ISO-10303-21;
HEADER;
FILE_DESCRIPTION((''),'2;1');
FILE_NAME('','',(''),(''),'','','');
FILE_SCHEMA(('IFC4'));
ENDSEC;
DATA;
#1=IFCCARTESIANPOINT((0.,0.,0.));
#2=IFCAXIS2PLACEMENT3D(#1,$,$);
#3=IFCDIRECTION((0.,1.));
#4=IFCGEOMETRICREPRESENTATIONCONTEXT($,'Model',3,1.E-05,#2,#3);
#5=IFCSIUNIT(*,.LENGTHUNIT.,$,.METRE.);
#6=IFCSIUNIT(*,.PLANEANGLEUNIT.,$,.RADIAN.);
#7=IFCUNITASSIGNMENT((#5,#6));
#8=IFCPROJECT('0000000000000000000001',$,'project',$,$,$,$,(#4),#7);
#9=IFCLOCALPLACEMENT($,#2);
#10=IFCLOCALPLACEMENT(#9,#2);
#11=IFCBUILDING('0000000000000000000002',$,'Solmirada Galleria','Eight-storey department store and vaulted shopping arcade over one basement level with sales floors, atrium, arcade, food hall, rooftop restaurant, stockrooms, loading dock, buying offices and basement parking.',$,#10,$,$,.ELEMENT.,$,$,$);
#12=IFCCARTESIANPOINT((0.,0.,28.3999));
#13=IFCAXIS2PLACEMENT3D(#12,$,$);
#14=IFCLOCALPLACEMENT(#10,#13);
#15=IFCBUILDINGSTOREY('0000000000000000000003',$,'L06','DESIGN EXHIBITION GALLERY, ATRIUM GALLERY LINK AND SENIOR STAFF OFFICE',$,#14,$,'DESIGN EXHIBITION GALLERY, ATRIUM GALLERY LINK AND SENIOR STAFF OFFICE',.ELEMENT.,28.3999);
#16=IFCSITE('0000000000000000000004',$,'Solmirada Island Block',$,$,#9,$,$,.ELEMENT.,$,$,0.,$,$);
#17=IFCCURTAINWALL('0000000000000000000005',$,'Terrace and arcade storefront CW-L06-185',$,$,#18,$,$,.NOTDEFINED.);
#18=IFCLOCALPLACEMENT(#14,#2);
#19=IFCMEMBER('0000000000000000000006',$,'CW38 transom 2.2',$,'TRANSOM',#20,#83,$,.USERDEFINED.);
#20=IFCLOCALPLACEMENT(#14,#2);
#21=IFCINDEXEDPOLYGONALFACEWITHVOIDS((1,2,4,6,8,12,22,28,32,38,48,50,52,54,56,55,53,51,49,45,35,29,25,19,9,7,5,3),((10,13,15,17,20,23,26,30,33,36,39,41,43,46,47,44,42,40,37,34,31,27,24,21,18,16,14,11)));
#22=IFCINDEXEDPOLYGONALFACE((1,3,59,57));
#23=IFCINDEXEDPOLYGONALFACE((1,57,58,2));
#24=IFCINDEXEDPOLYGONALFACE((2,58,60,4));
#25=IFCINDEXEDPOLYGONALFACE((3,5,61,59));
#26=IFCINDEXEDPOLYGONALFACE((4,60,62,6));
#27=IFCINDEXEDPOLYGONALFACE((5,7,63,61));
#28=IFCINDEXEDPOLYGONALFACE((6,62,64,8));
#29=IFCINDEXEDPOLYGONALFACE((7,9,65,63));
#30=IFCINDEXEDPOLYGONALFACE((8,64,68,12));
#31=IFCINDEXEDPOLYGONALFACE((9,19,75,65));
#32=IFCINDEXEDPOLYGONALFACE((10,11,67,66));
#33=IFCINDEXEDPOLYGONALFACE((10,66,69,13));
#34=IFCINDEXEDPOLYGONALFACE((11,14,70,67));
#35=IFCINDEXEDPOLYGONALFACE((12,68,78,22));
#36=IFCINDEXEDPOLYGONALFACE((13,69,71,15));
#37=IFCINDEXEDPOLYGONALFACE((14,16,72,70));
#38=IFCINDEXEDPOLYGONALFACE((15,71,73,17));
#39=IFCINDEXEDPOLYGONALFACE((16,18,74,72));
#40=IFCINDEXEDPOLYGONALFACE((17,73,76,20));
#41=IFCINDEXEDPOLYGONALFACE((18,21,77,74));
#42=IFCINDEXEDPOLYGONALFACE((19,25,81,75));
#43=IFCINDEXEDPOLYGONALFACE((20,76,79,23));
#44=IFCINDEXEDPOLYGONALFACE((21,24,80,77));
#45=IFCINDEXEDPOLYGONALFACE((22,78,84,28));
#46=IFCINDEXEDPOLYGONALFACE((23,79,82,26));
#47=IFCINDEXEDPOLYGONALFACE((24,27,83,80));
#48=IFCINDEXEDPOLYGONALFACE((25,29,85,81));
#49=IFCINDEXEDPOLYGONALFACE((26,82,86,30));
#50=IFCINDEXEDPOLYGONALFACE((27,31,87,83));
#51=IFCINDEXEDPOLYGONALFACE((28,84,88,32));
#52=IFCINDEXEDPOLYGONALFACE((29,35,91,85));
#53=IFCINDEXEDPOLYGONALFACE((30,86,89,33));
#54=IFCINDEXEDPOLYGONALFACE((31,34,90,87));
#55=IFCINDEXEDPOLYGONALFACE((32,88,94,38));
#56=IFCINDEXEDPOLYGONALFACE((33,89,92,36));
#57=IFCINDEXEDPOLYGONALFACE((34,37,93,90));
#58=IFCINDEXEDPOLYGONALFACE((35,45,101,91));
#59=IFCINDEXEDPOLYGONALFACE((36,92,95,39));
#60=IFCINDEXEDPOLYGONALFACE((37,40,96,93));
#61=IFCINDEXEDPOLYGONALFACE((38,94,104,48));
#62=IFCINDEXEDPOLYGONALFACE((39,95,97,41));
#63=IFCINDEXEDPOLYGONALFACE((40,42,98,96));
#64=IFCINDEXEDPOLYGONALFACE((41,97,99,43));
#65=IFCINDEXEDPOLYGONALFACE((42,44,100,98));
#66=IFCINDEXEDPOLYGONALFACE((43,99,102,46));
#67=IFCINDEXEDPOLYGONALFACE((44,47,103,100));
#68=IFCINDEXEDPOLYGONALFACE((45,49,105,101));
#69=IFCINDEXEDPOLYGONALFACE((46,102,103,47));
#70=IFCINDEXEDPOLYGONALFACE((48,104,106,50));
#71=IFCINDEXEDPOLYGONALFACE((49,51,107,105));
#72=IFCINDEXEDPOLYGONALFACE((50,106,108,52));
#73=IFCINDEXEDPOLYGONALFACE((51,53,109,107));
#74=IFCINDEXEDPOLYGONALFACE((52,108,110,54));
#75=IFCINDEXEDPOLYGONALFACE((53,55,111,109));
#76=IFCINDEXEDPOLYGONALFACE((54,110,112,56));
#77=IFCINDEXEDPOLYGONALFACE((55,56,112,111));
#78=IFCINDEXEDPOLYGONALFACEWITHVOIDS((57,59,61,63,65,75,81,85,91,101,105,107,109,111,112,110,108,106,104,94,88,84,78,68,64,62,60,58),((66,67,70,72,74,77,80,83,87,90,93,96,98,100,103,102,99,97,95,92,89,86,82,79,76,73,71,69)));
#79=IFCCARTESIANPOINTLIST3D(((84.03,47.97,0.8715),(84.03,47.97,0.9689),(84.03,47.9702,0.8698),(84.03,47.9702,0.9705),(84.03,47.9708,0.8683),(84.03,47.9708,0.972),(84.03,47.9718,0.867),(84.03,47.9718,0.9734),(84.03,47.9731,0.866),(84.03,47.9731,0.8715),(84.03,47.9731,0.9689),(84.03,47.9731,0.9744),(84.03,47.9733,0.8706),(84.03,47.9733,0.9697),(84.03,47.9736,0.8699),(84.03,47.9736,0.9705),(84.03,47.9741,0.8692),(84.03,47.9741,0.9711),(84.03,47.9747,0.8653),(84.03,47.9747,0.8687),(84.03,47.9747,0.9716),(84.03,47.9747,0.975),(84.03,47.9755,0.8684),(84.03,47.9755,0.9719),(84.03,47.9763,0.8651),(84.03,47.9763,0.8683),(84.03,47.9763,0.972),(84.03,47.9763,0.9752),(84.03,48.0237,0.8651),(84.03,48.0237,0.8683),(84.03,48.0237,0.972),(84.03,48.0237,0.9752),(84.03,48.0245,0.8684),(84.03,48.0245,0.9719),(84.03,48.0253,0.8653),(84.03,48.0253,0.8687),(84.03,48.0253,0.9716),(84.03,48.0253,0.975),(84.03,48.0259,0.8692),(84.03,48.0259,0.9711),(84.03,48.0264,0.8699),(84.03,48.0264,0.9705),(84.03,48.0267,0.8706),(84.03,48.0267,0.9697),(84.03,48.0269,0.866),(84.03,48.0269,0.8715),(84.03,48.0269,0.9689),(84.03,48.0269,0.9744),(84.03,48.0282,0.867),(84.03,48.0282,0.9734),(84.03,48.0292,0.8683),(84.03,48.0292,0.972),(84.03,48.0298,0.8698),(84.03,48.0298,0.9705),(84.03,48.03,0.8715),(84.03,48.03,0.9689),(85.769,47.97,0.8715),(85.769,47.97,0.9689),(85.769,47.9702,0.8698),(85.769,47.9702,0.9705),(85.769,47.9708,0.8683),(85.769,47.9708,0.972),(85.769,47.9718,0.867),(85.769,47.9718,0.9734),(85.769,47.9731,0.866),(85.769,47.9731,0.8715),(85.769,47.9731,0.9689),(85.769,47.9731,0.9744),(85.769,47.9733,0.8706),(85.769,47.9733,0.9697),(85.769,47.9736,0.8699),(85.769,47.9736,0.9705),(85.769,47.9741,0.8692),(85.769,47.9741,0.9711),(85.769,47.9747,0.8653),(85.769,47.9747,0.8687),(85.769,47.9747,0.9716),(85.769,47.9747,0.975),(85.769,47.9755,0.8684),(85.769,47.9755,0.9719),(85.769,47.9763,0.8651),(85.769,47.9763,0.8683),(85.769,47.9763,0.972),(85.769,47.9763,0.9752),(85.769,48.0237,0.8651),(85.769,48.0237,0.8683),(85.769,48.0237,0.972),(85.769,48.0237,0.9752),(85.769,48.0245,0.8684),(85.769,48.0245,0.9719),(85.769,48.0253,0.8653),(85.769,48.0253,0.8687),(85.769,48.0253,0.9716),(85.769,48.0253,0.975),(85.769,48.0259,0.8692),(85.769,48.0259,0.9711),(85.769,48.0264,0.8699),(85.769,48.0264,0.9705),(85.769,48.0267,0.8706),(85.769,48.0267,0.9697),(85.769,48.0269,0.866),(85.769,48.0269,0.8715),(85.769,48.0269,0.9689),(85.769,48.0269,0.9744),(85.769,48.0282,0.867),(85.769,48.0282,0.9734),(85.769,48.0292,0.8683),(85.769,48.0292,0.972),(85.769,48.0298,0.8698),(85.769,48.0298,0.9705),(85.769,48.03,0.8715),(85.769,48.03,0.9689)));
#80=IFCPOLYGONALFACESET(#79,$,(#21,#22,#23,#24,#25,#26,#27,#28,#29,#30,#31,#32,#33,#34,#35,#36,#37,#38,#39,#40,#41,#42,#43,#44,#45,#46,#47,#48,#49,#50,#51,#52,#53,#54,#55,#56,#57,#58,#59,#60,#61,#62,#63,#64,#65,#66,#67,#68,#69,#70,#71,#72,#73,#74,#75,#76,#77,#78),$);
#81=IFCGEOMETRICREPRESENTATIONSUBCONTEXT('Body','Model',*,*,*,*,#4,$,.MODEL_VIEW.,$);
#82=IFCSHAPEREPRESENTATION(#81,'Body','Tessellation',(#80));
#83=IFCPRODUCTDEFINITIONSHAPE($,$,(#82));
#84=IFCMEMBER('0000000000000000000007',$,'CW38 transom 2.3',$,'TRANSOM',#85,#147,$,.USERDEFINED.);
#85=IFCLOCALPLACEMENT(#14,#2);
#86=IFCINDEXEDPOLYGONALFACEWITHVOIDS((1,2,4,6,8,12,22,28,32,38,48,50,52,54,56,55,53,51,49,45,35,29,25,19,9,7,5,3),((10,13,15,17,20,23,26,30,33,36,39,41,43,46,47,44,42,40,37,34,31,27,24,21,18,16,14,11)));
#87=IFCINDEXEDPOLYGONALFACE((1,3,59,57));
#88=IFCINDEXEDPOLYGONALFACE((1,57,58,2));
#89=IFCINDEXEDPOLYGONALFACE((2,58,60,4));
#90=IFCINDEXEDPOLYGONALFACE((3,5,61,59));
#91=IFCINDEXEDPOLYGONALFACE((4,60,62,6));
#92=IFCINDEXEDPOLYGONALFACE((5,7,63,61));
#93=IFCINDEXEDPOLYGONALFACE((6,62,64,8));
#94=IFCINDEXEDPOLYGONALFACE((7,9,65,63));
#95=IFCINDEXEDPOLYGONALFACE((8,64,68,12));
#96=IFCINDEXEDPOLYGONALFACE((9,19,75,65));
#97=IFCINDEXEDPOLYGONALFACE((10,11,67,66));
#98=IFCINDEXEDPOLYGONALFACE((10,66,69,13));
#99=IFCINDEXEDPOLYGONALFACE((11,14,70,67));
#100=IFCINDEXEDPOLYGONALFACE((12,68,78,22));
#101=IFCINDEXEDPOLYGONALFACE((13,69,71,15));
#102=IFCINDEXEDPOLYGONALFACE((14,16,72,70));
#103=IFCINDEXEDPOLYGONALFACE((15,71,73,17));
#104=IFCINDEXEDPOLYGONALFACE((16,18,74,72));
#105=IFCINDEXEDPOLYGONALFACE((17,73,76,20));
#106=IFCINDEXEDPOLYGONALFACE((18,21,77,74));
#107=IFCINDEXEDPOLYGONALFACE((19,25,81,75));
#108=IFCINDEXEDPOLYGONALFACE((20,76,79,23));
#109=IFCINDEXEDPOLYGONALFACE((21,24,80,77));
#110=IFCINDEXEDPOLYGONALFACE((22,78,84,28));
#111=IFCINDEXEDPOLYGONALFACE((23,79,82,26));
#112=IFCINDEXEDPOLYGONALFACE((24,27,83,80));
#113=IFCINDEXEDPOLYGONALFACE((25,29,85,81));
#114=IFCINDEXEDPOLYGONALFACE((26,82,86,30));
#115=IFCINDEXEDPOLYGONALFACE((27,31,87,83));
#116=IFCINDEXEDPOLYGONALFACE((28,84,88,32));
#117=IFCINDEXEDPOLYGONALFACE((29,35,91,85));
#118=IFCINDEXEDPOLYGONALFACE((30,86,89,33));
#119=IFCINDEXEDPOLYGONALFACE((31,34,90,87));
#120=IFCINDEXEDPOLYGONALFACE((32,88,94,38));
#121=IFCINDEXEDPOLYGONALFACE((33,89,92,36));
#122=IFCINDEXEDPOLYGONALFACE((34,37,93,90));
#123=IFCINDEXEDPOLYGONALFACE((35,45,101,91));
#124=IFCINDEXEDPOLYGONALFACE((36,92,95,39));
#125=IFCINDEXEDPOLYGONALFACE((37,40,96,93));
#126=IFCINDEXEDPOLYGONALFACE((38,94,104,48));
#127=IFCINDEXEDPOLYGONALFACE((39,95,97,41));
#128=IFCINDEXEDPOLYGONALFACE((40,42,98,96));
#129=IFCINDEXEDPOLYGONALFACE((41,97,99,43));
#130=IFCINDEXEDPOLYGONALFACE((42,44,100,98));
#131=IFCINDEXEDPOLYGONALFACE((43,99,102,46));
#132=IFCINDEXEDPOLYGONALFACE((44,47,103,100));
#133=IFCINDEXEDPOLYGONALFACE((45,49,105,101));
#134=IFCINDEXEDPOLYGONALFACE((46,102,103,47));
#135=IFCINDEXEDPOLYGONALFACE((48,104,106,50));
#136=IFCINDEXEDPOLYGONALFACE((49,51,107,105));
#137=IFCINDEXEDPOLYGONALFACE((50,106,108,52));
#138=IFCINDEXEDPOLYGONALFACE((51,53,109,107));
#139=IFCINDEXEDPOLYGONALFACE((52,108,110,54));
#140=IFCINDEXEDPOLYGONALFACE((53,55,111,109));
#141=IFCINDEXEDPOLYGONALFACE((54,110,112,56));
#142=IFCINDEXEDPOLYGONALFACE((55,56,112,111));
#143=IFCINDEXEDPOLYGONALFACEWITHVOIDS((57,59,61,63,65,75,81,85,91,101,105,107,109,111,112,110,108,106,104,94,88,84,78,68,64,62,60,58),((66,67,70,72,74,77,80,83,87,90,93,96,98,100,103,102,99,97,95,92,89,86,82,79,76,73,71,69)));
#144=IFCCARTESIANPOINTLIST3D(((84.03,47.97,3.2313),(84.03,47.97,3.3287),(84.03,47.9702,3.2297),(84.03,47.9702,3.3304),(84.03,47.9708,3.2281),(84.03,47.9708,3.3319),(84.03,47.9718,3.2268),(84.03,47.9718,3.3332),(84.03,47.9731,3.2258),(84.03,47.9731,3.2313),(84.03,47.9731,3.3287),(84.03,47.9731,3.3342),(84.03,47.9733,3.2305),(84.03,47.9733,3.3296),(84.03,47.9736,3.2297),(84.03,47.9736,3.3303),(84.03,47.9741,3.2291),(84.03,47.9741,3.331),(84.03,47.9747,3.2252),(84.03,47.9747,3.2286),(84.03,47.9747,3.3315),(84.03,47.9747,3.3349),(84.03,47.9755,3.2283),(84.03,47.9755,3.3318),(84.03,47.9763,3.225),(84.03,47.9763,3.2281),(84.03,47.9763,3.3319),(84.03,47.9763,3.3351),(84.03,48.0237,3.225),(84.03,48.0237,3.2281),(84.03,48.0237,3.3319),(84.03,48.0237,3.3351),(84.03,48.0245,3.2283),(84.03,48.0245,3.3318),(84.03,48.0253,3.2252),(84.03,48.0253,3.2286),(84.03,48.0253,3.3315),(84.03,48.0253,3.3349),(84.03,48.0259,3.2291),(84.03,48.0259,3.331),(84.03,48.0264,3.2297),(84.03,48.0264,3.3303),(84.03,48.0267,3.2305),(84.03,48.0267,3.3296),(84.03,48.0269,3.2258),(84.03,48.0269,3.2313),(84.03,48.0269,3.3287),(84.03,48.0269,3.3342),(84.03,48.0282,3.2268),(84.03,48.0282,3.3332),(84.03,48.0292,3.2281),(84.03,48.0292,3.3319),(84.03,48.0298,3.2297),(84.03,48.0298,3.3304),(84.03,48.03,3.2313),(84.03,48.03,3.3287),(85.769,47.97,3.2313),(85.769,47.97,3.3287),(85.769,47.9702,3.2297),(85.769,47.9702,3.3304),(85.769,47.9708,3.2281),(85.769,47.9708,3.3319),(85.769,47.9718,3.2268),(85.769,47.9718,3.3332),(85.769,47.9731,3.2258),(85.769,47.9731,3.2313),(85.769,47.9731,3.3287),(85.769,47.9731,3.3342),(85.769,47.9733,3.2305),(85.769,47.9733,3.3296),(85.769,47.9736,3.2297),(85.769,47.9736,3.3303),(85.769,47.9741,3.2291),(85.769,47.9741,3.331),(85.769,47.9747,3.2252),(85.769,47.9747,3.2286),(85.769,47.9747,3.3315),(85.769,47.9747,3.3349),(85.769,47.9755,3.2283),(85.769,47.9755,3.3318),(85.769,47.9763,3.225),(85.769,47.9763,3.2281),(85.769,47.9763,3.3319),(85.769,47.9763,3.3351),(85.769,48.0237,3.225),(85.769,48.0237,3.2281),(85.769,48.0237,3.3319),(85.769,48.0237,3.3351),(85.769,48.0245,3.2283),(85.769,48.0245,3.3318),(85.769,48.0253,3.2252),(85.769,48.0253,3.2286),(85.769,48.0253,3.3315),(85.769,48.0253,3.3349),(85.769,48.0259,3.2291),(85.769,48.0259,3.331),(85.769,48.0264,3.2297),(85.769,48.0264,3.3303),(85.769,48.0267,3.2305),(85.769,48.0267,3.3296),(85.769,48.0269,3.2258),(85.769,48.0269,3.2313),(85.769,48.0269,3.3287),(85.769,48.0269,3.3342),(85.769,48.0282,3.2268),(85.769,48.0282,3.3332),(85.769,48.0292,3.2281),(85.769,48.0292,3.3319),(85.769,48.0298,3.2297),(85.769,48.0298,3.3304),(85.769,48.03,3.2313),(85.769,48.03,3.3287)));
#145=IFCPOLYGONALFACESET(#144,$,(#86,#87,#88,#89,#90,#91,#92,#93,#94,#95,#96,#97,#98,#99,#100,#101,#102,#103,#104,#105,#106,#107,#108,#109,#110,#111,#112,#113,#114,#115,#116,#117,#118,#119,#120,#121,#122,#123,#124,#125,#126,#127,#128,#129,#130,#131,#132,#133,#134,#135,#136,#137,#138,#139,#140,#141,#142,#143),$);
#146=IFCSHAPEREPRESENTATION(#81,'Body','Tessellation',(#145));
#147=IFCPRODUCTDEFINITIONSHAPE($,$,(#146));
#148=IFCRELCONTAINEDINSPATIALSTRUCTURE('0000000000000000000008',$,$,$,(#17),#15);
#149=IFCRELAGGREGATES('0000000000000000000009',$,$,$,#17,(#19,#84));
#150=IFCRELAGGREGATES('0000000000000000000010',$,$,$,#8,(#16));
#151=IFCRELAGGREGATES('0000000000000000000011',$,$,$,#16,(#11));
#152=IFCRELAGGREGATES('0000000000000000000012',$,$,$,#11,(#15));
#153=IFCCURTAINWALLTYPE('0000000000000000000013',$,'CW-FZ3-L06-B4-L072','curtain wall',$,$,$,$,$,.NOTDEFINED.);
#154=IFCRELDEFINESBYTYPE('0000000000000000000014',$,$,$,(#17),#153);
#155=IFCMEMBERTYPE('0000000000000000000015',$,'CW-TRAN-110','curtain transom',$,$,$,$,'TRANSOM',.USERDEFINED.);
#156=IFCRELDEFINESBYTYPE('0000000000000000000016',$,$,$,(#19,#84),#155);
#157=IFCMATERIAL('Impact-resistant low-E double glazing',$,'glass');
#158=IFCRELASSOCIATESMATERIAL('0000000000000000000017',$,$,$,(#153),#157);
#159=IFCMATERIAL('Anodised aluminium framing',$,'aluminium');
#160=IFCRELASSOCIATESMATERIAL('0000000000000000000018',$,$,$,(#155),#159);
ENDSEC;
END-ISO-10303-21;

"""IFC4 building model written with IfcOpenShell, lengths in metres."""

from ifc_helpers import new_model, si_unit, direction, frame, origin, origin_2d, place, context, subcontext, project, spatial, hollow_rectangle, extrude, material, material_profile, profile_set, type_object, element, aggregate, save


model = new_model("IFC4")

# Units and contexts
model_context = context("Model", 3, precision=1e-05, world=origin(), true_north=direction((0.0, 1.0)))
body_context = subcontext(model_context, "Body", "Model", "MODEL_VIEW")
ifc_project = project(units=[si_unit("LENGTHUNIT", "METRE"), si_unit("PLANEANGLEUNIT", "RADIAN")], contexts=[model_context])

# Site, building, storey
site_placement = place(None, origin())
site = spatial("IfcSite", under=ifc_project, at=site_placement, Name="Solmirada Island Block", CompositionType="ELEMENT", RefElevation=0.0)
building_placement = place(site_placement, origin())
building = spatial("IfcBuilding", under=site, at=building_placement, Name="Solmirada Galleria", Description="Eight-storey department store and vaulted shopping arcade over one basement level with sales floors, atrium, arcade, food hall, rooftop restaurant, stockrooms, loading dock, buying offices and basement parking.", CompositionType="ELEMENT")
storey_placement = place(building_placement, frame((0.0, 0.0, 28.3999)))
storey = spatial("IfcBuildingStorey", under=building, at=storey_placement, Name="L06", Description="DESIGN EXHIBITION GALLERY, ATRIUM GALLERY LINK AND SENIOR STAFF OFFICE", LongName="DESIGN EXHIBITION GALLERY, ATRIUM GALLERY LINK AND SENIOR STAFF OFFICE", CompositionType="ELEMENT", Elevation=28.3999)

# Curtain wall, members
ifc_material_1 = material(Name="Impact-resistant low-E double glazing", Category="glass")
curtain_wall_type = type_object("IfcCurtainWallType", Name="CW-FZ3-L06-B4-L072", Description="curtain wall", PredefinedType="NOTDEFINED", material=ifc_material_1)
curtain_wall_placement = place(storey_placement, origin())
curtain_wall = element("IfcCurtainWall", 1, at=curtain_wall_placement, inside=storey, type_object=curtain_wall_type, Name="Terrace and arcade storefront CW-L06-185", PredefinedType="NOTDEFINED")
ifc_material_2 = material(Name="Anodised aluminium framing", Category="aluminium")
ifc_material_profile_1 = material_profile(ifc_material_2, hollow_rectangle(XDim=0.0601, YDim=0.1101, WallThickness=0.0032, InnerFilletRadius=0.0032, OuterFilletRadius=0.0063, at=origin_2d()), Name="ALU-TRAN-110X60")
ifc_profile_set_1 = profile_set([ifc_material_profile_1], Name="Anodised aluminium framing")
member_type_1 = type_object("IfcMemberType", Name="CW-TRAN-110", Description="curtain transom", ElementType="TRANSOM", PredefinedType="USERDEFINED", material=ifc_profile_set_1)
member_1_placement = place(storey_placement, frame((85.769, 48.0, 0.9202), z_axis=(-1.0, 0.0, 0.0), x_axis=(0.0, -1.0, 0.0)))
member_1 = element("IfcMember", 2, at=member_1_placement, type_object=member_type_1, Name="CW38 transom 2.2", ObjectType="TRANSOM", PredefinedType="USERDEFINED", context=body_context, shape_type="SweptSolid", body=[
    extrude(hollow_rectangle(XDim=0.0601, YDim=0.1101, WallThickness=0.0032, InnerFilletRadius=0.0032, OuterFilletRadius=0.0063, at=origin_2d()), origin(), (0.0, 0.0, 1.0), 1.739),
])
member_2_placement = place(storey_placement, frame((85.769, 48.0, 3.28), z_axis=(-1.0, 0.0, 0.0), x_axis=(0.0, -1.0, 0.0)))
member_2 = element("IfcMember", 3, at=member_2_placement, type_object=member_type_1, Name="CW38 transom 2.3", ObjectType="TRANSOM", PredefinedType="USERDEFINED", context=body_context, shape_type="SweptSolid", body=[
    extrude(hollow_rectangle(XDim=0.0601, YDim=0.1101, WallThickness=0.0032, InnerFilletRadius=0.0032, OuterFilletRadius=0.0063, at=origin_2d()), origin(), (0.0, 0.0, 1.0), 1.739),
])
aggregate(curtain_wall, [member_1, member_2])

save(model, "model.ifc")
